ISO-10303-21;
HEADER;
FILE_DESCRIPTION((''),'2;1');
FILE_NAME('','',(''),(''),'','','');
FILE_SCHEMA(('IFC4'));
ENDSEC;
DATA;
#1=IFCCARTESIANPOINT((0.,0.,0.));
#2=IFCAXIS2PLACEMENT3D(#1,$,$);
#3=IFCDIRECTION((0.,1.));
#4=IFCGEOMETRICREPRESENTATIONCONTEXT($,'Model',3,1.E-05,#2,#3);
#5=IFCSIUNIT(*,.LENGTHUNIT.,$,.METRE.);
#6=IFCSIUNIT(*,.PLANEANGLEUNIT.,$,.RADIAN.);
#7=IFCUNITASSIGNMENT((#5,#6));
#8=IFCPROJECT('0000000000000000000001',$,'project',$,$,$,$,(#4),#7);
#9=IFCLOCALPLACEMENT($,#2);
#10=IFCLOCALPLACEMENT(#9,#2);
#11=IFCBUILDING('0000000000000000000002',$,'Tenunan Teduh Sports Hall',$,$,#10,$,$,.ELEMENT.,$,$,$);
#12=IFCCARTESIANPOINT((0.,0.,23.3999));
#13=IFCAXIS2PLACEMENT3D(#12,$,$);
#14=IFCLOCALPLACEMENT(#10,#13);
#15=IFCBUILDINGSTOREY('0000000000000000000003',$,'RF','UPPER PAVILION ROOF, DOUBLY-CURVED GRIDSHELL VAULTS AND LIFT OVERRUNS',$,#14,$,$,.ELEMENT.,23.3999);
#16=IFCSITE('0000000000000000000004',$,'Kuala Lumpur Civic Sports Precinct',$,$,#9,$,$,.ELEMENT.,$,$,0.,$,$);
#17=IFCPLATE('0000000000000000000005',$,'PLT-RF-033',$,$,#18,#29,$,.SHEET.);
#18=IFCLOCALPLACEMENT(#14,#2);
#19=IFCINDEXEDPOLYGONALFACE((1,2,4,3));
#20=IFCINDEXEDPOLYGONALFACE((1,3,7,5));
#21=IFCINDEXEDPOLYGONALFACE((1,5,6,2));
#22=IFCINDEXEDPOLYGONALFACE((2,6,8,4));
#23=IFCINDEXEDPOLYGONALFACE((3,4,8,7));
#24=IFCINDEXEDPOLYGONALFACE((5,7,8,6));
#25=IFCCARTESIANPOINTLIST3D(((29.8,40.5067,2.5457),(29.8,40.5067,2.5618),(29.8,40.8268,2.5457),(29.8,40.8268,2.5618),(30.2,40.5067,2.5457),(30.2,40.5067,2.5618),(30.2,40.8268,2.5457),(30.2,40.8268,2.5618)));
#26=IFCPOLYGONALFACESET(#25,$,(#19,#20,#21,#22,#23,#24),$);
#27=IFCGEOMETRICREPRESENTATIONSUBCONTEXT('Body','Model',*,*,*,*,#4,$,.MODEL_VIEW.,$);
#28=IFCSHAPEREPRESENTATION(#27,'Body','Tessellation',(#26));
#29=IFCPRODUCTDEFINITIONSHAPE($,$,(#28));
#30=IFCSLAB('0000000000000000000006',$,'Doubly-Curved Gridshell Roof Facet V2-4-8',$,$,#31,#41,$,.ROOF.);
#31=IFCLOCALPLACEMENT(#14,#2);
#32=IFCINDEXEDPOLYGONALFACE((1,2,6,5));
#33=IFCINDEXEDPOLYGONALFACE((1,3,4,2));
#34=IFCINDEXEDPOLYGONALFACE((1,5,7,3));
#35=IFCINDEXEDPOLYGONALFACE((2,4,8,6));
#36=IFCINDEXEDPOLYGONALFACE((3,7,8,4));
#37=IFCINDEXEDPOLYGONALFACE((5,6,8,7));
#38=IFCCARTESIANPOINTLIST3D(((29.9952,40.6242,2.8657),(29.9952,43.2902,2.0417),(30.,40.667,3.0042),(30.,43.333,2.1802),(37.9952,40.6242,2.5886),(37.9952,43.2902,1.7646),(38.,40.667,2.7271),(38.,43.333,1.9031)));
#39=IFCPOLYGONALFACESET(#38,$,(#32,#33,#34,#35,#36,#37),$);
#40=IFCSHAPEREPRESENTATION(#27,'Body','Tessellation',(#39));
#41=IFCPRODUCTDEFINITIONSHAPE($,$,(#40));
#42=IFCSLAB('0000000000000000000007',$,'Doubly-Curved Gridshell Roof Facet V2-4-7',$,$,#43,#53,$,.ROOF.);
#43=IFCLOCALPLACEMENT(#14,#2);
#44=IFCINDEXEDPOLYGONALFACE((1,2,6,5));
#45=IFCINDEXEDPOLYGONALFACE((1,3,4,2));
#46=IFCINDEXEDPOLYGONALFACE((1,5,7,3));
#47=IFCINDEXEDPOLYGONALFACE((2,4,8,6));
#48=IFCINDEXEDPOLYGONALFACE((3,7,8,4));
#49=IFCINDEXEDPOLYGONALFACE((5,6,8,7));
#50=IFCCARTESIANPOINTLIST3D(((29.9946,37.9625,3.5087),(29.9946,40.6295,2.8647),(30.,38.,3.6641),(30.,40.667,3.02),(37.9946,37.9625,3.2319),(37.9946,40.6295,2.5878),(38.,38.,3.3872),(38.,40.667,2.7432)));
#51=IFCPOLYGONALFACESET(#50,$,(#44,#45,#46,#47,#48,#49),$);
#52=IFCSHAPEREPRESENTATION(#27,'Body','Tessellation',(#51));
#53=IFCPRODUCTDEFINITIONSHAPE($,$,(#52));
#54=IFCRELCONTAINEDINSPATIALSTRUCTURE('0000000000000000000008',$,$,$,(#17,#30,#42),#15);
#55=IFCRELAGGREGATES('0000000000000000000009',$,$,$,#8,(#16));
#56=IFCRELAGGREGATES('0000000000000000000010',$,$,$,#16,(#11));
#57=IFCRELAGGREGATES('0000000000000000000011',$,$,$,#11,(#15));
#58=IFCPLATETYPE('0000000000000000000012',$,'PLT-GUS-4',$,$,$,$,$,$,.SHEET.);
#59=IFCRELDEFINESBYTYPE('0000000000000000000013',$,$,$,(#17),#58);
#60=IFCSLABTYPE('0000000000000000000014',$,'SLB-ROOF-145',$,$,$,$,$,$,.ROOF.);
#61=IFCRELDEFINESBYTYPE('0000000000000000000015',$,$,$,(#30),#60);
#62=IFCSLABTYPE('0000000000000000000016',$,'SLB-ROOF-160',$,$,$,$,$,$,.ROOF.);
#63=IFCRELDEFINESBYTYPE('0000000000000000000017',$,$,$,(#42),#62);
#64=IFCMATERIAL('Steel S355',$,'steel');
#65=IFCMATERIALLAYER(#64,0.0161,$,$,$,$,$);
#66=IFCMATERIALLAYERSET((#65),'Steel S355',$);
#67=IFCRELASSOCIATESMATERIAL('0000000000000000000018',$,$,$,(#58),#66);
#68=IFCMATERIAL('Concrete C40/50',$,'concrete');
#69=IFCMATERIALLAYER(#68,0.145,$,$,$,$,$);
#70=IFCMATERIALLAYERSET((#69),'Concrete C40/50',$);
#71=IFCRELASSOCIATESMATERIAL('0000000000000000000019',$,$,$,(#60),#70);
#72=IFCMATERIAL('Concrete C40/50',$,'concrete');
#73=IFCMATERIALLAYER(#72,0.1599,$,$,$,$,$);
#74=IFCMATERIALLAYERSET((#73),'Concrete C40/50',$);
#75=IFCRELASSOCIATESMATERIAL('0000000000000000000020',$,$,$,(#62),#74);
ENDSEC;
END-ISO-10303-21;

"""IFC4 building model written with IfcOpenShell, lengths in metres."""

from ifc_helpers import new_model, si_unit, direction, frame, origin, origin_2d, place, context, subcontext, project, spatial, polyline, rectangle, outline, extrude, material, layer, layer_set, type_object, element, save


model = new_model("IFC4")

# Units and contexts
model_context = context("Model", 3, precision=1e-05, world=origin(), true_north=direction((0.0, 1.0)))
body_context = subcontext(model_context, "Body", "Model", "MODEL_VIEW")
ifc_project = project(units=[si_unit("LENGTHUNIT", "METRE"), si_unit("PLANEANGLEUNIT", "RADIAN")], contexts=[model_context])

# Site, building, storey
site_placement = place(None, origin())
site = spatial("IfcSite", under=ifc_project, at=site_placement, Name="Kuala Lumpur Civic Sports Precinct", CompositionType="ELEMENT", RefElevation=0.0)
building_placement = place(site_placement, origin())
building = spatial("IfcBuilding", under=site, at=building_placement, Name="Tenunan Teduh Sports Hall", CompositionType="ELEMENT")
storey_placement = place(building_placement, frame((0.0, 0.0, 23.3999)))
storey = spatial("IfcBuildingStorey", under=building, at=storey_placement, Name="RF", Description="UPPER PAVILION ROOF, DOUBLY-CURVED GRIDSHELL VAULTS AND LIFT OVERRUNS", CompositionType="ELEMENT", Elevation=23.3999)

# Plate
ifc_material_1 = material(Name="Steel S355", Category="steel")
ifc_layer_1 = layer(ifc_material_1, 0.0161)
ifc_layer_set_1 = layer_set([ifc_layer_1], Name="Steel S355")
plate_type = type_object("IfcPlateType", Name="PLT-GUS-4", PredefinedType="SHEET", material=ifc_layer_set_1)
plate_placement = place(storey_placement, frame((30.0, 40.6667, 2.5457), z_axis=(0.0, 0.0, 1.0), x_axis=(1.0, 0.0, 0.0)))
element("IfcPlate", 1, at=plate_placement, inside=storey, type_object=plate_type, Name="PLT-RF-033", PredefinedType="SHEET", context=body_context, shape_type="SweptSolid", body=[
    extrude(rectangle(XDim=0.3999, YDim=0.3201, at=origin_2d()), origin(), (0.0, 0.0, 1.0), 0.0161),
])

# Slabs
ifc_material_2 = material(Name="Concrete C40/50", Category="concrete")
ifc_layer_2 = layer(ifc_material_2, 0.145)
ifc_layer_set_2 = layer_set([ifc_layer_2], Name="Concrete C40/50")
slab_type_1 = type_object("IfcSlabType", Name="SLB-ROOF-145", PredefinedType="ROOF", material=ifc_layer_set_2)
slab_1_placement = place(storey_placement, frame((30.0, 40.667, 3.0042), z_axis=(0.033075, 0.295123, 0.954887), x_axis=(0.999401, 0.0, -0.034617)))
element("IfcSlab", 2, at=slab_1_placement, inside=storey, type_object=slab_type_1, Name="Doubly-Curved Gridshell Roof Facet V2-4-8", PredefinedType="ROOF", context=body_context, shape_type="SweptSolid", body=[
    extrude(outline(polyline([(0.0, 0.0), (8.0048, 0.0), (8.0333, 2.7903), (0.0285, 2.7903), (0.0, 0.0)])), origin(), (0.0, 0.0, -1.0), 0.145),
])
ifc_material_3 = material(Name="Concrete C40/50", Category="concrete")
ifc_layer_3 = layer(ifc_material_3, 0.1599)
ifc_layer_set_3 = layer_set([ifc_layer_3], Name="Concrete C40/50")
slab_type_2 = type_object("IfcSlabType", Name="SLB-ROOF-160", PredefinedType="ROOF", material=ifc_layer_set_3)
slab_2_placement = place(storey_placement, frame((30.0, 38.0, 3.6641), z_axis=(0.033621, 0.234606, 0.971509), x_axis=(0.999402, 0.0, -0.034586)))
element("IfcSlab", 3, at=slab_2_placement, inside=storey, type_object=slab_type_2, Name="Doubly-Curved Gridshell Roof Facet V2-4-7", PredefinedType="ROOF", context=body_context, shape_type="SweptSolid", body=[
    extrude(outline(polyline([(0.0, 0.0), (8.0048, 0.0), (8.0271, 2.7436), (0.0223, 2.7436), (0.0, 0.0)])), origin(), (0.0, 0.0, -1.0), 0.1599),
])

save(model, "model.ifc")
